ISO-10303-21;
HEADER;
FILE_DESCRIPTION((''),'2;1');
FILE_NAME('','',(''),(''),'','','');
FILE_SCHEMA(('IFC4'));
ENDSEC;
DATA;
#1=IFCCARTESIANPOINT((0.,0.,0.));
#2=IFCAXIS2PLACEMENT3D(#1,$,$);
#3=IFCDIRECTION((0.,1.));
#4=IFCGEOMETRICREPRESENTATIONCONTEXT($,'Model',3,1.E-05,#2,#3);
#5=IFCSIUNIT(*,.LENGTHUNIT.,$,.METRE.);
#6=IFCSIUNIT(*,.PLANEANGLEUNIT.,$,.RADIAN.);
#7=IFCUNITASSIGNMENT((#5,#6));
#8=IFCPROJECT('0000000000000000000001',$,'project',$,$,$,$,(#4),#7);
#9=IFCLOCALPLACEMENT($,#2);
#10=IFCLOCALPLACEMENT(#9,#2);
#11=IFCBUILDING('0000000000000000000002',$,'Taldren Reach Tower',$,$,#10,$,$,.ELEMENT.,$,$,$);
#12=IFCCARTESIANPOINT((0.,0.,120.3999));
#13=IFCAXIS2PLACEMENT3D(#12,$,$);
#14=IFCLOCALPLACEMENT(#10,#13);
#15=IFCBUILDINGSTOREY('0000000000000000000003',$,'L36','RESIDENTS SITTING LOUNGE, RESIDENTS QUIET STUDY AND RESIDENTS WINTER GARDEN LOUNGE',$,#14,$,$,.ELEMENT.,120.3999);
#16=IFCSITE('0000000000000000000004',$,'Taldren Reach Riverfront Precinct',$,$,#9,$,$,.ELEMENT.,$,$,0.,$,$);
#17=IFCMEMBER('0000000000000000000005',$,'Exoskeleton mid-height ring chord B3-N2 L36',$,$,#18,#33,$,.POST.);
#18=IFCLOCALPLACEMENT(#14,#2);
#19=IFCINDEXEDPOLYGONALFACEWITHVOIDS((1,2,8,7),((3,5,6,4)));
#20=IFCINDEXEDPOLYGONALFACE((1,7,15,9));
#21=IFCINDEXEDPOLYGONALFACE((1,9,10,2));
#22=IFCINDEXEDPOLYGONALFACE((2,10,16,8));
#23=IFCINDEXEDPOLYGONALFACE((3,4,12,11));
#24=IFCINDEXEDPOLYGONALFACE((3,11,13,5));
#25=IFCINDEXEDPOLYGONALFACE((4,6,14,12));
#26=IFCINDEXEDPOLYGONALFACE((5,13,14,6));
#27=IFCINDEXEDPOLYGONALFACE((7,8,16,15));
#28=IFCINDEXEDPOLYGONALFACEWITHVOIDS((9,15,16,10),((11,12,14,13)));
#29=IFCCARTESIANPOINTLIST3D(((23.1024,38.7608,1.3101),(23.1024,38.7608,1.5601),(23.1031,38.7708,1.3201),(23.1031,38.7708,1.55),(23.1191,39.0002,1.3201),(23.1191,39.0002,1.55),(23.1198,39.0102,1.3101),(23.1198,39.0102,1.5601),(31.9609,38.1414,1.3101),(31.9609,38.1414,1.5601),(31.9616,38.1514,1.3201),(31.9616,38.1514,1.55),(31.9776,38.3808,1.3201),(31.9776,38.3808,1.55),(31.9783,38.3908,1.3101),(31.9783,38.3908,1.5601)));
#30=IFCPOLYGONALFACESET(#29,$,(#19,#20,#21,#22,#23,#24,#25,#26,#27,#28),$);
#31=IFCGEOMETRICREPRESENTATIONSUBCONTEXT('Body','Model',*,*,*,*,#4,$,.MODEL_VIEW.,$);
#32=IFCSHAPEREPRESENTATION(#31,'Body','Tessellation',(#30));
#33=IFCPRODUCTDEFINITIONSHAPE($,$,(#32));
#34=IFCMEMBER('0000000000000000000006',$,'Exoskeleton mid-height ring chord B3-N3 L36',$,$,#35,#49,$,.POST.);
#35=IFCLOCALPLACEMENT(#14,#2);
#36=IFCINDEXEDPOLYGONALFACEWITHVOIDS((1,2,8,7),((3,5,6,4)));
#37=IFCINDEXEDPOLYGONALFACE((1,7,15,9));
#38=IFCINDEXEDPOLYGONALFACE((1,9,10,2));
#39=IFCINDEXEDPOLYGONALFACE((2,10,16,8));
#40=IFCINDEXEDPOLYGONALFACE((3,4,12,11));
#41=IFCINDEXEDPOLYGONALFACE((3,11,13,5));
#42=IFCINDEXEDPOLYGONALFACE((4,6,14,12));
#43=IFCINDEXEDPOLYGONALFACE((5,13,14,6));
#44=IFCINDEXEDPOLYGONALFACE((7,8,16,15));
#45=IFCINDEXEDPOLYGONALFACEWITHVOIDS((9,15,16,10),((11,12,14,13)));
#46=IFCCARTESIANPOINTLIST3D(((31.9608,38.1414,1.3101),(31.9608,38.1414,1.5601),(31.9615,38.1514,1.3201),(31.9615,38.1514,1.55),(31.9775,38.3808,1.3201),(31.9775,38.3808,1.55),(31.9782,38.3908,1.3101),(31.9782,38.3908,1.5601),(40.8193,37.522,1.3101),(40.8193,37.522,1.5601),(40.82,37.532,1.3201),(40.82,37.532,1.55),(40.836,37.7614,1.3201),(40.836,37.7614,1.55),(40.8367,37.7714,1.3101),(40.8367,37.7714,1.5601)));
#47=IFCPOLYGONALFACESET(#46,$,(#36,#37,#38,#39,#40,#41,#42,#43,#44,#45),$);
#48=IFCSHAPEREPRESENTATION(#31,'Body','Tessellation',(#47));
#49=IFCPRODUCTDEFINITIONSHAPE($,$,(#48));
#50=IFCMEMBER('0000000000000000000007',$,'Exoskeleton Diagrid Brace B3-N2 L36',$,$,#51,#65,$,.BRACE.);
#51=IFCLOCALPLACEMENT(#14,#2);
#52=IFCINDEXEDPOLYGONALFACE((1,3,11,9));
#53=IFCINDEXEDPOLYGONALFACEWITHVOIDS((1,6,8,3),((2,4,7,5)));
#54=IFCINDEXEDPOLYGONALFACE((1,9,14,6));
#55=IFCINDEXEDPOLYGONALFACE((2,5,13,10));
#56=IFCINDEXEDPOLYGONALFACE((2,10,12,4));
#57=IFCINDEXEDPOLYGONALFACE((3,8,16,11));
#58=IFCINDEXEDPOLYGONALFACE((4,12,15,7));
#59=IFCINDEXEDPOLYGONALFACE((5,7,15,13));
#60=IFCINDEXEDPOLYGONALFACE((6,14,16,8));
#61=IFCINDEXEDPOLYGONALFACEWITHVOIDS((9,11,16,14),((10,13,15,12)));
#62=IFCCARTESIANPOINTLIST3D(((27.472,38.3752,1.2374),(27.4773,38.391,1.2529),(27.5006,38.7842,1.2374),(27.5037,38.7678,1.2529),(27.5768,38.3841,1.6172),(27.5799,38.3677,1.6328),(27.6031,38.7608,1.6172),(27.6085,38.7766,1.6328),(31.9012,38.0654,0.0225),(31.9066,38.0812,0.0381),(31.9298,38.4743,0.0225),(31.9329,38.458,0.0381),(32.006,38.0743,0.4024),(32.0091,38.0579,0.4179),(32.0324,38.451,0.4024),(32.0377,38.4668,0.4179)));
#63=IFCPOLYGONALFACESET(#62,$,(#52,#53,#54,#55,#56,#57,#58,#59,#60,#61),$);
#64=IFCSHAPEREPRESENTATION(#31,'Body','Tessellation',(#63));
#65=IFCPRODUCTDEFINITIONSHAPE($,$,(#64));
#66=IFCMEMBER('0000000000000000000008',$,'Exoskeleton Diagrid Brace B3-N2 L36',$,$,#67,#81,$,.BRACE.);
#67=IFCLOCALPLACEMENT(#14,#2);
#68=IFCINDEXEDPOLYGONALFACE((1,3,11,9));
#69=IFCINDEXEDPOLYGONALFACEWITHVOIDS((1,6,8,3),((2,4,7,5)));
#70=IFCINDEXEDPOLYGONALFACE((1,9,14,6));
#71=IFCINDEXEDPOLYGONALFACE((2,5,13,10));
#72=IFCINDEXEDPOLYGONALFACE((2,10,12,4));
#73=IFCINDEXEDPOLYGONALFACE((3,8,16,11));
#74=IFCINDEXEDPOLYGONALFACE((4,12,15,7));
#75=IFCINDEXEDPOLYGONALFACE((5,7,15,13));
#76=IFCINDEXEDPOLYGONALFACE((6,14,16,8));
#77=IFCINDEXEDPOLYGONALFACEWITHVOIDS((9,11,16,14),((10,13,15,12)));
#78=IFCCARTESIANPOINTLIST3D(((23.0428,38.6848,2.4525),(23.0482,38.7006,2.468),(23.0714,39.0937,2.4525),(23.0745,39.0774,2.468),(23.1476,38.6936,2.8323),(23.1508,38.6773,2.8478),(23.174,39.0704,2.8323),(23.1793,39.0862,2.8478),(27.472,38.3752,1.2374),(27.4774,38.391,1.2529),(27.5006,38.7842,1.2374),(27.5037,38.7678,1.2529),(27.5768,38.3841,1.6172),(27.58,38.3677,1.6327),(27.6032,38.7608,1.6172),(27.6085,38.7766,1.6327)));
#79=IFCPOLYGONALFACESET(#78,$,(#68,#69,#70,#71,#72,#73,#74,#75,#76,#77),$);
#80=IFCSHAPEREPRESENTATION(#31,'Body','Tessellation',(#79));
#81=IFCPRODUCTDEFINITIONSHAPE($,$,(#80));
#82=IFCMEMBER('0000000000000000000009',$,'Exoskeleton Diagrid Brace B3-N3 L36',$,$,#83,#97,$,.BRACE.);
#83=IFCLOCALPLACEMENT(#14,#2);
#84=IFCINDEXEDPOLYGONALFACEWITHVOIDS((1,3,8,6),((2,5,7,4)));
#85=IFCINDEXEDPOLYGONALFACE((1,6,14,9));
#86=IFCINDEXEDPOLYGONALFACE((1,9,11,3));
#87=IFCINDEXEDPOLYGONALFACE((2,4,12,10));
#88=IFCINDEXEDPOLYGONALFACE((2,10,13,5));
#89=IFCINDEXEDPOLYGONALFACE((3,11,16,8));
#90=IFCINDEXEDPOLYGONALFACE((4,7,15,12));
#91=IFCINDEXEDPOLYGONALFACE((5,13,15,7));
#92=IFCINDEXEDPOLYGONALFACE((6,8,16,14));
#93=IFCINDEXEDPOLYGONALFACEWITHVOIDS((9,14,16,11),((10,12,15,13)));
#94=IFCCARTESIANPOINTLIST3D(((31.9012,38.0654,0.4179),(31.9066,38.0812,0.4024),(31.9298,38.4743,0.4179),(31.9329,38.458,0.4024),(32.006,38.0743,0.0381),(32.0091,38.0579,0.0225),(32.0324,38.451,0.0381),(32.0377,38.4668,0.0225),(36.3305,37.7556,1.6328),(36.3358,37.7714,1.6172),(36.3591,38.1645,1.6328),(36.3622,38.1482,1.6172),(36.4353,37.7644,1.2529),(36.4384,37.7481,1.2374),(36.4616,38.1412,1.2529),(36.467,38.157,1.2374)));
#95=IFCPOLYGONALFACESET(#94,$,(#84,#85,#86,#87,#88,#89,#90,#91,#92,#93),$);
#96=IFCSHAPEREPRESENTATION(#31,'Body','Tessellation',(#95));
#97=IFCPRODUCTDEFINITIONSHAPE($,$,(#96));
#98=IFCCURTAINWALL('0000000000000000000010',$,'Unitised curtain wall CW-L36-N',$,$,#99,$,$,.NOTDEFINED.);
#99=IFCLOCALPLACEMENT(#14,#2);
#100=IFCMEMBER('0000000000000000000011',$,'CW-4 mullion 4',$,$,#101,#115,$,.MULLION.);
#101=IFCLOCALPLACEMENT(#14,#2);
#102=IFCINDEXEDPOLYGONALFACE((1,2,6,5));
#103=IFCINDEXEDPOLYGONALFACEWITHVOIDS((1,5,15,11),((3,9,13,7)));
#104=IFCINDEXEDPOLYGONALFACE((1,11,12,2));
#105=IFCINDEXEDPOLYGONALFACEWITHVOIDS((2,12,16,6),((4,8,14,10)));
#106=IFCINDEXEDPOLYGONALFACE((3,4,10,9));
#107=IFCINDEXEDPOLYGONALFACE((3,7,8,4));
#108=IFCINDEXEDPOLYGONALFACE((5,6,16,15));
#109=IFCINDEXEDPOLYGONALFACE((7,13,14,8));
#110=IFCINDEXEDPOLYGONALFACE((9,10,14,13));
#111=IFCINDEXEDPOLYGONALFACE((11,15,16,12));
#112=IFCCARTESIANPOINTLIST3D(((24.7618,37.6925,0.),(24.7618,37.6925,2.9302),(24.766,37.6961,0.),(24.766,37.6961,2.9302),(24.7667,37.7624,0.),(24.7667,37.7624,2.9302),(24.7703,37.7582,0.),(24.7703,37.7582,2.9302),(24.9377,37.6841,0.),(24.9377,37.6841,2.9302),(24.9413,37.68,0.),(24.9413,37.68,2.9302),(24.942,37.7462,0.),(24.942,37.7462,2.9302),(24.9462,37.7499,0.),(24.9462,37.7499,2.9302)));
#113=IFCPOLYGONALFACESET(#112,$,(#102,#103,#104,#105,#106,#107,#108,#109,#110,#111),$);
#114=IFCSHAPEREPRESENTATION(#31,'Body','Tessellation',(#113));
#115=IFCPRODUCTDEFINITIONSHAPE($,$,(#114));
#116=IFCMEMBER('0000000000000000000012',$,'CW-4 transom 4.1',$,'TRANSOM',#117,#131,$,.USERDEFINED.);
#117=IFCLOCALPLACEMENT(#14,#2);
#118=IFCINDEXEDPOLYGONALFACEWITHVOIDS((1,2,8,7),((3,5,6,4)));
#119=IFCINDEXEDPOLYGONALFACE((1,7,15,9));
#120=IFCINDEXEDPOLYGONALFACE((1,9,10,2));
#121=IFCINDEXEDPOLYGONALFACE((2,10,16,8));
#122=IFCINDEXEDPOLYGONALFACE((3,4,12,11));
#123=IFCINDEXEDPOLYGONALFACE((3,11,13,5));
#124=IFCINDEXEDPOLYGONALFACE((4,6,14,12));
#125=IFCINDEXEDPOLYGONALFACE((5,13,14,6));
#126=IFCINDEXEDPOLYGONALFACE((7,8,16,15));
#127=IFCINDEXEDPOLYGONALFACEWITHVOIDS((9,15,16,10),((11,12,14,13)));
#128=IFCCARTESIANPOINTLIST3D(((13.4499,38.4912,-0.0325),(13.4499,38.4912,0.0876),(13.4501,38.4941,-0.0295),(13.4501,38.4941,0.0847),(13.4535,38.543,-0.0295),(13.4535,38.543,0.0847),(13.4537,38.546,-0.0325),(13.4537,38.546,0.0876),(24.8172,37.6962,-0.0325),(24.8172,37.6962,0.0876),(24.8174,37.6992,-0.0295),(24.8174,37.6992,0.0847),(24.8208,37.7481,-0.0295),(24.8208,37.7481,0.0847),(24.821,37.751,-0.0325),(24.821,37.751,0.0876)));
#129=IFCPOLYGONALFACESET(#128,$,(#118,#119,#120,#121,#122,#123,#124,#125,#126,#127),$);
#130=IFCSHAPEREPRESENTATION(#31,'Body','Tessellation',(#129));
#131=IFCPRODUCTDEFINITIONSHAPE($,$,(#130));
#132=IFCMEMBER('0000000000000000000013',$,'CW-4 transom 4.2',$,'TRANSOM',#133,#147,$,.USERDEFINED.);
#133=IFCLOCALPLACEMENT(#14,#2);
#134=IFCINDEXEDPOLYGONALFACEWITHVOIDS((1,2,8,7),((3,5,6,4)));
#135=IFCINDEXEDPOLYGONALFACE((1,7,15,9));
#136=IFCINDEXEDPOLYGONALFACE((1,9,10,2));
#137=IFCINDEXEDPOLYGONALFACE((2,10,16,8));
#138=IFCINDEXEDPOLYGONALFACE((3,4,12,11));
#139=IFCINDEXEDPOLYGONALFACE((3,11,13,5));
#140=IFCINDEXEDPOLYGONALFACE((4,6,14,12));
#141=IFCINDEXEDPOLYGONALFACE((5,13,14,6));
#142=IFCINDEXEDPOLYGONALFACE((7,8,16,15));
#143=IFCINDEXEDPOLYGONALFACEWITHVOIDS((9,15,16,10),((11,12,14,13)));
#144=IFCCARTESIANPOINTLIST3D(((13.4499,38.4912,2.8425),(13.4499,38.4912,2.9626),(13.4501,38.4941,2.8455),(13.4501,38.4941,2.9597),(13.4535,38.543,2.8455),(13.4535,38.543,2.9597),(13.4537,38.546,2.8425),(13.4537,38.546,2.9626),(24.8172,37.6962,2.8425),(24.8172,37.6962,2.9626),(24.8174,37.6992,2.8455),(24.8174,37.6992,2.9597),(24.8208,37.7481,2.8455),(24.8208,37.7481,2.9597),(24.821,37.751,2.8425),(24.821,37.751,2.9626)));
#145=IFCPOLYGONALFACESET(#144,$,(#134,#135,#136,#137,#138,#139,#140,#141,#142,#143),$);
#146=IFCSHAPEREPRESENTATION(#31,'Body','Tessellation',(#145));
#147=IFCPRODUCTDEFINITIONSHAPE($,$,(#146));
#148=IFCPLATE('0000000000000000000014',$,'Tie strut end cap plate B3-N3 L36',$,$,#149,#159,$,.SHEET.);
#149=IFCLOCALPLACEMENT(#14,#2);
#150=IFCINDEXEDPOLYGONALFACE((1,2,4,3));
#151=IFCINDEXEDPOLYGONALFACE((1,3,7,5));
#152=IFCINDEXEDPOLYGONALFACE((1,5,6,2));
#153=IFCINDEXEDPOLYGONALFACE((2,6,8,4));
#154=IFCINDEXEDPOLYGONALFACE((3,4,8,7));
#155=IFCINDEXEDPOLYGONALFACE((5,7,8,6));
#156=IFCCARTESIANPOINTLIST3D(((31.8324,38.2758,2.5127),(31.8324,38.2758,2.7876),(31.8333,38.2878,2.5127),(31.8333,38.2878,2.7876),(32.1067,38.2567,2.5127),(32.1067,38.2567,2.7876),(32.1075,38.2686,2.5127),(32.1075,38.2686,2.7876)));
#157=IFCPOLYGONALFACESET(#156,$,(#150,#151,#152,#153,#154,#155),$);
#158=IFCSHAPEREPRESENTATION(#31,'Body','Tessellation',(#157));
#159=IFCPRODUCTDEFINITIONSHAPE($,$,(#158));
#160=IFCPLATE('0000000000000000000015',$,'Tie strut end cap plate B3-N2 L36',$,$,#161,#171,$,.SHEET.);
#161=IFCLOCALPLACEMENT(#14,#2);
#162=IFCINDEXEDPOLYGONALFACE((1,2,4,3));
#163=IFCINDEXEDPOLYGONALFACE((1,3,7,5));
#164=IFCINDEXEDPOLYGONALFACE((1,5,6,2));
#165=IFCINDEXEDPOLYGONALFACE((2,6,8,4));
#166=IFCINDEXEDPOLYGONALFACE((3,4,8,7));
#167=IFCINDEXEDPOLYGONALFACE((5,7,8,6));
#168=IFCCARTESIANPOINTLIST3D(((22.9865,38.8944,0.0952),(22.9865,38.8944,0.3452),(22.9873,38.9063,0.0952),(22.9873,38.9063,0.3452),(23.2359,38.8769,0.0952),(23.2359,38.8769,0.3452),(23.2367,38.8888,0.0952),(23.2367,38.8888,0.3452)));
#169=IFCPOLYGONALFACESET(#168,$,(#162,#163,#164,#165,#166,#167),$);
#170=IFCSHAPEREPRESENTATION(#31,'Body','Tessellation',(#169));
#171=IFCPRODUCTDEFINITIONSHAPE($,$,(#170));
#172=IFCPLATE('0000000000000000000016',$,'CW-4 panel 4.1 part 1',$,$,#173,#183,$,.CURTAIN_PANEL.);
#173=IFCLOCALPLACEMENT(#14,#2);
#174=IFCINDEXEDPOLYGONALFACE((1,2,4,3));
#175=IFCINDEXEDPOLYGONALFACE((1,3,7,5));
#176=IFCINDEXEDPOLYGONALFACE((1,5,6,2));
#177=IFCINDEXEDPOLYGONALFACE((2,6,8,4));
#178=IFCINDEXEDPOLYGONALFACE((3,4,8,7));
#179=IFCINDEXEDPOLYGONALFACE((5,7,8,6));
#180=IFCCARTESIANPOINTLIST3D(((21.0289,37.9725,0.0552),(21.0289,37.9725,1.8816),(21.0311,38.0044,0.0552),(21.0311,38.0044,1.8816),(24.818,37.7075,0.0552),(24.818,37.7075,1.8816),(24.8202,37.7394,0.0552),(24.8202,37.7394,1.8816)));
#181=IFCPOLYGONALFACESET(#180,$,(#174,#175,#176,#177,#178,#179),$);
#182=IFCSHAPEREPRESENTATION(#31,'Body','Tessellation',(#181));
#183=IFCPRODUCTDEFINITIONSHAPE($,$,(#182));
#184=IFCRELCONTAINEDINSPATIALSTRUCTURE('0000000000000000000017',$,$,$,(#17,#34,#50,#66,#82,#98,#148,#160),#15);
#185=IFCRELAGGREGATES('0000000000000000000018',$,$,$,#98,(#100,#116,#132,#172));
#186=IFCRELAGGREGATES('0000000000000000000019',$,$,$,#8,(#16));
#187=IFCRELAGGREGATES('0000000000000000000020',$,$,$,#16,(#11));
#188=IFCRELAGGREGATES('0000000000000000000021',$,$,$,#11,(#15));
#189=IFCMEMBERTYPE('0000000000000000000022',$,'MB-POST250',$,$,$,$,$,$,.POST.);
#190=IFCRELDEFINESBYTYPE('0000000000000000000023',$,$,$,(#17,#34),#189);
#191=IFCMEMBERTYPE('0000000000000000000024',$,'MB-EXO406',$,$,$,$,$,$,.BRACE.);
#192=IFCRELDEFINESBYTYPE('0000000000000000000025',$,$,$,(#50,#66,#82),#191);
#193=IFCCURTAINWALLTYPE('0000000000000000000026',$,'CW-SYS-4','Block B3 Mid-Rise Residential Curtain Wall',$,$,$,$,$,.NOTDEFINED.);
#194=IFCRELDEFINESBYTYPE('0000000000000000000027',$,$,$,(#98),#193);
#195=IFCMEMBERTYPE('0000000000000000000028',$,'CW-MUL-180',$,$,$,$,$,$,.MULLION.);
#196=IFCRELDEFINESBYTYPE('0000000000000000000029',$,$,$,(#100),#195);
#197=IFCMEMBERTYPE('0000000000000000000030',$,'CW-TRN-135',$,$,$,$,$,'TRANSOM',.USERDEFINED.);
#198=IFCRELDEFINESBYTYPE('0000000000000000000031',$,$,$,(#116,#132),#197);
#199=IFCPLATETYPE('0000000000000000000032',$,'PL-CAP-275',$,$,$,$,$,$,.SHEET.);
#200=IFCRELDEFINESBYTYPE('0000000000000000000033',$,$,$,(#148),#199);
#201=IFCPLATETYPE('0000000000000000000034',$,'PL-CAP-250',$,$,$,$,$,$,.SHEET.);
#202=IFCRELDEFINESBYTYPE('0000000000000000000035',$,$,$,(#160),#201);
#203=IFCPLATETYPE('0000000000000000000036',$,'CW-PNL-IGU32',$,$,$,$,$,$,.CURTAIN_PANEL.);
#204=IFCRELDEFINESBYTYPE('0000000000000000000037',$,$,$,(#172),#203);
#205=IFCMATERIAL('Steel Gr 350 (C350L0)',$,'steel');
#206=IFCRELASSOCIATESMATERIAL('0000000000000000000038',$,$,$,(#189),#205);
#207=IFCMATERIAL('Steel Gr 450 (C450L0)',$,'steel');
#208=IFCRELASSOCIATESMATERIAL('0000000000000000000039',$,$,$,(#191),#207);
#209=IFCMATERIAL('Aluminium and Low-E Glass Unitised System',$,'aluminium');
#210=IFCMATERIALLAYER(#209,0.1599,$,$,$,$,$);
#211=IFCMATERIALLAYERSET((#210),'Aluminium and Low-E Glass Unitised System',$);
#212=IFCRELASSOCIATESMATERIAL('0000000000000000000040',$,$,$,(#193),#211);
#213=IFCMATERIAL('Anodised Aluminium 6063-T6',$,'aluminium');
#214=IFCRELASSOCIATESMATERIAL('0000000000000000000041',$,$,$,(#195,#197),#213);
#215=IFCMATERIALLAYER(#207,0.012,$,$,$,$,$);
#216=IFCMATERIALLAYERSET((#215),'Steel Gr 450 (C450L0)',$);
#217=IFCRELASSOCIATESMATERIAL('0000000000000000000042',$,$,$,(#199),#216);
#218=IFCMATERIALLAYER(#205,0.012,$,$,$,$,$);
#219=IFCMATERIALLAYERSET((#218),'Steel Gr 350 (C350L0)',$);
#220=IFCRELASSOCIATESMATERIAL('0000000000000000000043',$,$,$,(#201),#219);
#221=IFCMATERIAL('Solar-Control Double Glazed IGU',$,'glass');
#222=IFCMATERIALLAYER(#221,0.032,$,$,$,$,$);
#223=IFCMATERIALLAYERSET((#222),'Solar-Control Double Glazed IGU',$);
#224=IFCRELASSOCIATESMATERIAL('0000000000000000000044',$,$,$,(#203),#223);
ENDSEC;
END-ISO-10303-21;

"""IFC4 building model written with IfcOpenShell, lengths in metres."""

from ifc_helpers import new_model, si_unit, direction, frame, origin, origin_2d, place, context, subcontext, project, spatial, rectangle, hollow_rectangle, extrude, source, transform, mapped, material, layer, layer_set, material_profile, profile_set, type_object, element, aggregate, save


model = new_model("IFC4")

# Units and contexts
model_context = context("Model", 3, precision=1e-05, world=origin(), true_north=direction((0.0, 1.0)))
body_context = subcontext(model_context, "Body", "Model", "MODEL_VIEW")
ifc_project = project(units=[si_unit("LENGTHUNIT", "METRE"), si_unit("PLANEANGLEUNIT", "RADIAN")], contexts=[model_context])

# Site, building, storey
site_placement = place(None, origin())
site = spatial("IfcSite", under=ifc_project, at=site_placement, Name="Taldren Reach Riverfront Precinct", CompositionType="ELEMENT", RefElevation=0.0)
building_placement = place(site_placement, origin())
building = spatial("IfcBuilding", under=site, at=building_placement, Name="Taldren Reach Tower", CompositionType="ELEMENT")
storey_placement = place(building_placement, frame((0.0, 0.0, 120.3999)))
storey = spatial("IfcBuildingStorey", under=building, at=storey_placement, Name="L36", Description="RESIDENTS SITTING LOUNGE, RESIDENTS QUIET STUDY AND RESIDENTS WINTER GARDEN LOUNGE", CompositionType="ELEMENT", Elevation=120.3999)

# Shared definitions
ifc_material_1 = material(Name="Steel Gr 450 (C450L0)", Category="steel")
ifc_material_2 = material(Name="Steel Gr 350 (C350L0)", Category="steel")
ifc_material_profile_1 = material_profile(ifc_material_2, hollow_rectangle(XDim=0.25, YDim=0.25, WallThickness=0.01, at=origin_2d()), Name="250x250x10.0SHS")
ifc_profile_set_1 = profile_set([ifc_material_profile_1], Name="Steel Gr 350 (C350L0)")
member_type_1 = type_object("IfcMemberType", Name="MB-POST250", PredefinedType="POST", material=ifc_profile_set_1)

# Members
shared_shape_1 = source(origin(), body_context, "Body", "SweptSolid", [
    extrude(hollow_rectangle(XDim=0.25, YDim=0.25, WallThickness=0.01, at=origin_2d()), origin(), (0.0, 0.0, 1.0), 8.8801),
])
for number, where, z_axis, x_axis, name in (
    (1, (23.1111, 38.8855, 1.4351), (0.997564, -0.06975, 0.0), (0.06975, 0.997564, 0.0), "Exoskeleton mid-height ring chord B3-N2 L36"),
    (2, (31.9695, 38.2661, 1.4351), (0.997564, -0.06975, 0.0), (0.06975, 0.997564, 0.0), "Exoskeleton mid-height ring chord B3-N3 L36"),
):
    element("IfcMember", number, at=place(storey_placement, frame(where, z_axis=z_axis, x_axis=x_axis)), inside=storey, type_object=member_type_1, Name=name, PredefinedType="POST", context=body_context, shape_type="MappedRepresentation", body=[
        mapped(shared_shape_1, transform((0.0, 0.0, 0.0), scale=1.0)),
    ])
ifc_material_profile_2 = material_profile(ifc_material_1, hollow_rectangle(XDim=0.4099, YDim=0.4099, WallThickness=0.0161, at=origin_2d()), Name="410x410x16.0SHS")
ifc_profile_set_2 = profile_set([ifc_material_profile_2], Name="Steel Gr 450 (C450L0)")
member_type_2 = type_object("IfcMemberType", Name="MB-EXO406", PredefinedType="BRACE", material=ifc_profile_set_2)
shared_shape_2 = source(origin(), body_context, "Body", "SweptSolid", [
    extrude(hollow_rectangle(XDim=0.4099, YDim=0.4099, WallThickness=0.0161, at=origin_2d()), origin(), (0.0, 0.0, 1.0), 4.6033),
])
for number, where, z_axis, x_axis, name in (
    (3, (31.9695, 38.2661, 0.2202), (-0.962196, 0.067304, 0.263912), (-0.069778, -0.997563, 0.0), "Exoskeleton Diagrid Brace B3-N2 L36"),
    (4, (27.5403, 38.5759, 1.4351), (-0.962186, 0.06725, 0.263962), (-0.069723, -0.997566, 0.0), "Exoskeleton Diagrid Brace B3-N2 L36"),
    (5, (31.9695, 38.2661, 0.2202), (0.962196, -0.067304, 0.263912), (0.069778, 0.997563, 0.0), "Exoskeleton Diagrid Brace B3-N3 L36"),
):
    element("IfcMember", number, at=place(storey_placement, frame(where, z_axis=z_axis, x_axis=x_axis)), inside=storey, type_object=member_type_2, Name=name, PredefinedType="BRACE", context=body_context, shape_type="MappedRepresentation", body=[
        mapped(shared_shape_2, transform((0.0, 0.0, 0.0), scale=1.0)),
    ])

# Curtain wall, members
ifc_material_3 = material(Name="Aluminium and Low-E Glass Unitised System", Category="aluminium")
ifc_layer_1 = layer(ifc_material_3, 0.1599)
ifc_layer_set_1 = layer_set([ifc_layer_1], Name="Aluminium and Low-E Glass Unitised System")
curtain_wall_type = type_object("IfcCurtainWallType", Name="CW-SYS-4", Description="Block B3 Mid-Rise Residential Curtain Wall", PredefinedType="NOTDEFINED", material=ifc_layer_set_1)
curtain_wall_placement = place(storey_placement, origin())
curtain_wall = element("IfcCurtainWall", 6, at=curtain_wall_placement, inside=storey, type_object=curtain_wall_type, Name="Unitised curtain wall CW-L36-N", PredefinedType="NOTDEFINED")
ifc_material_4 = material(Name="Anodised Aluminium 6063-T6", Category="aluminium")
ifc_material_profile_3 = material_profile(ifc_material_4, hollow_rectangle(XDim=0.0701, YDim=0.1799, WallThickness=0.0039, at=origin_2d()), Name="ALU-180x70x4RHS")
ifc_profile_set_3 = profile_set([ifc_material_profile_3], Name="Anodised Aluminium 6063-T6")
member_type_3 = type_object("IfcMemberType", Name="CW-MUL-180", PredefinedType="MULLION", material=ifc_profile_set_3)
shared_shape_3 = source(origin(), body_context, "Body", "SweptSolid", [
    extrude(hollow_rectangle(XDim=0.0701, YDim=0.1799, WallThickness=0.0039, at=origin_2d()), origin(), (0.0, 0.0, 1.0), 2.9302),
])
member_1_placement = place(storey_placement, frame((24.854, 37.7212, 0.0), z_axis=(0.0, 0.0, 1.0), x_axis=(-0.069757, -0.997564, 0.0)))
member_1 = element("IfcMember", 7, at=member_1_placement, type_object=member_type_3, Name="CW-4 mullion 4", PredefinedType="MULLION", context=body_context, shape_type="MappedRepresentation", body=[
    mapped(shared_shape_3, transform((0.0, 0.0, 0.0), scale=1.0)),
])
ifc_material_profile_4 = material_profile(ifc_material_4, hollow_rectangle(XDim=0.0549, YDim=0.1201, WallThickness=0.0029, at=origin_2d()), Name="ALU-120x55x3RHS")
ifc_profile_set_4 = profile_set([ifc_material_profile_4], Name="Anodised Aluminium 6063-T6")
member_type_4 = type_object("IfcMemberType", Name="CW-TRN-135", ElementType="TRANSOM", PredefinedType="USERDEFINED", material=ifc_profile_set_4)
shared_shape_4 = source(origin(), body_context, "Body", "SweptSolid", [
    extrude(hollow_rectangle(XDim=0.0549, YDim=0.1201, WallThickness=0.0029, at=origin_2d()), origin(), (0.0, 0.0, 1.0), 11.395),
])
member_2_placement = place(storey_placement, frame((24.8191, 37.7236, 0.0276), z_axis=(-0.997564, 0.069761, 0.0), x_axis=(-0.069761, -0.997564, 0.0)))
member_2 = element("IfcMember", 8, at=member_2_placement, type_object=member_type_4, Name="CW-4 transom 4.1", ObjectType="TRANSOM", PredefinedType="USERDEFINED", context=body_context, shape_type="MappedRepresentation", body=[
    mapped(shared_shape_4, transform((0.0, 0.0, 0.0), scale=1.0)),
])
member_3_placement = place(storey_placement, frame((24.8191, 37.7236, 2.9026), z_axis=(-0.997564, 0.069761, 0.0), x_axis=(-0.069761, -0.997564, 0.0)))
member_3 = element("IfcMember", 9, at=member_3_placement, type_object=member_type_4, Name="CW-4 transom 4.2", ObjectType="TRANSOM", PredefinedType="USERDEFINED", context=body_context, shape_type="MappedRepresentation", body=[
    mapped(shared_shape_4, transform((0.0, 0.0, 0.0), scale=1.0)),
])

# Plates
ifc_layer_2 = layer(ifc_material_1, 0.012)
ifc_layer_set_2 = layer_set([ifc_layer_2], Name="Steel Gr 450 (C450L0)")
plate_type_1 = type_object("IfcPlateType", Name="PL-CAP-275", PredefinedType="SHEET", material=ifc_layer_set_2)
shared_shape_5 = source(origin(), body_context, "Body", "SweptSolid", [
    extrude(rectangle(XDim=0.2749, YDim=0.012, at=origin_2d()), origin(), (0.0, 0.0, 1.0), 0.2749),
])
plate_1_placement = place(storey_placement, frame((31.97, 38.2722, 2.5127), z_axis=(0.0, 0.0, 1.0), x_axis=(0.997564, -0.069756, 0.0)))
element("IfcPlate", 10, at=plate_1_placement, inside=storey, type_object=plate_type_1, Name="Tie strut end cap plate B3-N3 L36", PredefinedType="SHEET", context=body_context, shape_type="MappedRepresentation", body=[
    mapped(shared_shape_5, transform((0.0, 0.0, 0.0), scale=1.0)),
])
ifc_layer_3 = layer(ifc_material_2, 0.012)
ifc_layer_set_3 = layer_set([ifc_layer_3], Name="Steel Gr 350 (C350L0)")
plate_type_2 = type_object("IfcPlateType", Name="PL-CAP-250", PredefinedType="SHEET", material=ifc_layer_set_3)
shared_shape_6 = source(origin(), body_context, "Body", "SweptSolid", [
    extrude(rectangle(XDim=0.25, YDim=0.012, at=origin_2d()), origin(), (0.0, 0.0, 1.0), 0.25),
])
plate_2_placement = place(storey_placement, frame((23.1116, 38.8916, 0.0952), z_axis=(0.0, 0.0, 1.0), x_axis=(0.997564, -0.069756, 0.0)))
element("IfcPlate", 11, at=plate_2_placement, inside=storey, type_object=plate_type_2, Name="Tie strut end cap plate B3-N2 L36", PredefinedType="SHEET", context=body_context, shape_type="MappedRepresentation", body=[
    mapped(shared_shape_6, transform((0.0, 0.0, 0.0), scale=1.0)),
])

# Plate
ifc_material_5 = material(Name="Solar-Control Double Glazed IGU", Category="glass")
ifc_layer_4 = layer(ifc_material_5, 0.032)
ifc_layer_set_4 = layer_set([ifc_layer_4], Name="Solar-Control Double Glazed IGU")
plate_type_3 = type_object("IfcPlateType", Name="CW-PNL-IGU32", PredefinedType="CURTAIN_PANEL", material=ifc_layer_set_4)
shared_shape_7 = source(origin(), body_context, "Body", "SweptSolid", [
    extrude(rectangle(XDim=3.7983, YDim=0.032, at=origin_2d()), origin(), (0.0, 0.0, 1.0), 1.8264),
])
plate_3_placement = place(storey_placement, frame((22.9246, 37.856, 0.0552), z_axis=(0.0, 0.0, 1.0), x_axis=(-0.997564, 0.069757, 0.0)))
plate_3 = element("IfcPlate", 12, at=plate_3_placement, type_object=plate_type_3, Name="CW-4 panel 4.1 part 1", PredefinedType="CURTAIN_PANEL", context=body_context, shape_type="MappedRepresentation", body=[
    mapped(shared_shape_7, transform((0.0, 0.0, 0.0), scale=1.0)),
])
aggregate(curtain_wall, [member_1, member_2, member_3, plate_3])

save(model, "model.ifc")
